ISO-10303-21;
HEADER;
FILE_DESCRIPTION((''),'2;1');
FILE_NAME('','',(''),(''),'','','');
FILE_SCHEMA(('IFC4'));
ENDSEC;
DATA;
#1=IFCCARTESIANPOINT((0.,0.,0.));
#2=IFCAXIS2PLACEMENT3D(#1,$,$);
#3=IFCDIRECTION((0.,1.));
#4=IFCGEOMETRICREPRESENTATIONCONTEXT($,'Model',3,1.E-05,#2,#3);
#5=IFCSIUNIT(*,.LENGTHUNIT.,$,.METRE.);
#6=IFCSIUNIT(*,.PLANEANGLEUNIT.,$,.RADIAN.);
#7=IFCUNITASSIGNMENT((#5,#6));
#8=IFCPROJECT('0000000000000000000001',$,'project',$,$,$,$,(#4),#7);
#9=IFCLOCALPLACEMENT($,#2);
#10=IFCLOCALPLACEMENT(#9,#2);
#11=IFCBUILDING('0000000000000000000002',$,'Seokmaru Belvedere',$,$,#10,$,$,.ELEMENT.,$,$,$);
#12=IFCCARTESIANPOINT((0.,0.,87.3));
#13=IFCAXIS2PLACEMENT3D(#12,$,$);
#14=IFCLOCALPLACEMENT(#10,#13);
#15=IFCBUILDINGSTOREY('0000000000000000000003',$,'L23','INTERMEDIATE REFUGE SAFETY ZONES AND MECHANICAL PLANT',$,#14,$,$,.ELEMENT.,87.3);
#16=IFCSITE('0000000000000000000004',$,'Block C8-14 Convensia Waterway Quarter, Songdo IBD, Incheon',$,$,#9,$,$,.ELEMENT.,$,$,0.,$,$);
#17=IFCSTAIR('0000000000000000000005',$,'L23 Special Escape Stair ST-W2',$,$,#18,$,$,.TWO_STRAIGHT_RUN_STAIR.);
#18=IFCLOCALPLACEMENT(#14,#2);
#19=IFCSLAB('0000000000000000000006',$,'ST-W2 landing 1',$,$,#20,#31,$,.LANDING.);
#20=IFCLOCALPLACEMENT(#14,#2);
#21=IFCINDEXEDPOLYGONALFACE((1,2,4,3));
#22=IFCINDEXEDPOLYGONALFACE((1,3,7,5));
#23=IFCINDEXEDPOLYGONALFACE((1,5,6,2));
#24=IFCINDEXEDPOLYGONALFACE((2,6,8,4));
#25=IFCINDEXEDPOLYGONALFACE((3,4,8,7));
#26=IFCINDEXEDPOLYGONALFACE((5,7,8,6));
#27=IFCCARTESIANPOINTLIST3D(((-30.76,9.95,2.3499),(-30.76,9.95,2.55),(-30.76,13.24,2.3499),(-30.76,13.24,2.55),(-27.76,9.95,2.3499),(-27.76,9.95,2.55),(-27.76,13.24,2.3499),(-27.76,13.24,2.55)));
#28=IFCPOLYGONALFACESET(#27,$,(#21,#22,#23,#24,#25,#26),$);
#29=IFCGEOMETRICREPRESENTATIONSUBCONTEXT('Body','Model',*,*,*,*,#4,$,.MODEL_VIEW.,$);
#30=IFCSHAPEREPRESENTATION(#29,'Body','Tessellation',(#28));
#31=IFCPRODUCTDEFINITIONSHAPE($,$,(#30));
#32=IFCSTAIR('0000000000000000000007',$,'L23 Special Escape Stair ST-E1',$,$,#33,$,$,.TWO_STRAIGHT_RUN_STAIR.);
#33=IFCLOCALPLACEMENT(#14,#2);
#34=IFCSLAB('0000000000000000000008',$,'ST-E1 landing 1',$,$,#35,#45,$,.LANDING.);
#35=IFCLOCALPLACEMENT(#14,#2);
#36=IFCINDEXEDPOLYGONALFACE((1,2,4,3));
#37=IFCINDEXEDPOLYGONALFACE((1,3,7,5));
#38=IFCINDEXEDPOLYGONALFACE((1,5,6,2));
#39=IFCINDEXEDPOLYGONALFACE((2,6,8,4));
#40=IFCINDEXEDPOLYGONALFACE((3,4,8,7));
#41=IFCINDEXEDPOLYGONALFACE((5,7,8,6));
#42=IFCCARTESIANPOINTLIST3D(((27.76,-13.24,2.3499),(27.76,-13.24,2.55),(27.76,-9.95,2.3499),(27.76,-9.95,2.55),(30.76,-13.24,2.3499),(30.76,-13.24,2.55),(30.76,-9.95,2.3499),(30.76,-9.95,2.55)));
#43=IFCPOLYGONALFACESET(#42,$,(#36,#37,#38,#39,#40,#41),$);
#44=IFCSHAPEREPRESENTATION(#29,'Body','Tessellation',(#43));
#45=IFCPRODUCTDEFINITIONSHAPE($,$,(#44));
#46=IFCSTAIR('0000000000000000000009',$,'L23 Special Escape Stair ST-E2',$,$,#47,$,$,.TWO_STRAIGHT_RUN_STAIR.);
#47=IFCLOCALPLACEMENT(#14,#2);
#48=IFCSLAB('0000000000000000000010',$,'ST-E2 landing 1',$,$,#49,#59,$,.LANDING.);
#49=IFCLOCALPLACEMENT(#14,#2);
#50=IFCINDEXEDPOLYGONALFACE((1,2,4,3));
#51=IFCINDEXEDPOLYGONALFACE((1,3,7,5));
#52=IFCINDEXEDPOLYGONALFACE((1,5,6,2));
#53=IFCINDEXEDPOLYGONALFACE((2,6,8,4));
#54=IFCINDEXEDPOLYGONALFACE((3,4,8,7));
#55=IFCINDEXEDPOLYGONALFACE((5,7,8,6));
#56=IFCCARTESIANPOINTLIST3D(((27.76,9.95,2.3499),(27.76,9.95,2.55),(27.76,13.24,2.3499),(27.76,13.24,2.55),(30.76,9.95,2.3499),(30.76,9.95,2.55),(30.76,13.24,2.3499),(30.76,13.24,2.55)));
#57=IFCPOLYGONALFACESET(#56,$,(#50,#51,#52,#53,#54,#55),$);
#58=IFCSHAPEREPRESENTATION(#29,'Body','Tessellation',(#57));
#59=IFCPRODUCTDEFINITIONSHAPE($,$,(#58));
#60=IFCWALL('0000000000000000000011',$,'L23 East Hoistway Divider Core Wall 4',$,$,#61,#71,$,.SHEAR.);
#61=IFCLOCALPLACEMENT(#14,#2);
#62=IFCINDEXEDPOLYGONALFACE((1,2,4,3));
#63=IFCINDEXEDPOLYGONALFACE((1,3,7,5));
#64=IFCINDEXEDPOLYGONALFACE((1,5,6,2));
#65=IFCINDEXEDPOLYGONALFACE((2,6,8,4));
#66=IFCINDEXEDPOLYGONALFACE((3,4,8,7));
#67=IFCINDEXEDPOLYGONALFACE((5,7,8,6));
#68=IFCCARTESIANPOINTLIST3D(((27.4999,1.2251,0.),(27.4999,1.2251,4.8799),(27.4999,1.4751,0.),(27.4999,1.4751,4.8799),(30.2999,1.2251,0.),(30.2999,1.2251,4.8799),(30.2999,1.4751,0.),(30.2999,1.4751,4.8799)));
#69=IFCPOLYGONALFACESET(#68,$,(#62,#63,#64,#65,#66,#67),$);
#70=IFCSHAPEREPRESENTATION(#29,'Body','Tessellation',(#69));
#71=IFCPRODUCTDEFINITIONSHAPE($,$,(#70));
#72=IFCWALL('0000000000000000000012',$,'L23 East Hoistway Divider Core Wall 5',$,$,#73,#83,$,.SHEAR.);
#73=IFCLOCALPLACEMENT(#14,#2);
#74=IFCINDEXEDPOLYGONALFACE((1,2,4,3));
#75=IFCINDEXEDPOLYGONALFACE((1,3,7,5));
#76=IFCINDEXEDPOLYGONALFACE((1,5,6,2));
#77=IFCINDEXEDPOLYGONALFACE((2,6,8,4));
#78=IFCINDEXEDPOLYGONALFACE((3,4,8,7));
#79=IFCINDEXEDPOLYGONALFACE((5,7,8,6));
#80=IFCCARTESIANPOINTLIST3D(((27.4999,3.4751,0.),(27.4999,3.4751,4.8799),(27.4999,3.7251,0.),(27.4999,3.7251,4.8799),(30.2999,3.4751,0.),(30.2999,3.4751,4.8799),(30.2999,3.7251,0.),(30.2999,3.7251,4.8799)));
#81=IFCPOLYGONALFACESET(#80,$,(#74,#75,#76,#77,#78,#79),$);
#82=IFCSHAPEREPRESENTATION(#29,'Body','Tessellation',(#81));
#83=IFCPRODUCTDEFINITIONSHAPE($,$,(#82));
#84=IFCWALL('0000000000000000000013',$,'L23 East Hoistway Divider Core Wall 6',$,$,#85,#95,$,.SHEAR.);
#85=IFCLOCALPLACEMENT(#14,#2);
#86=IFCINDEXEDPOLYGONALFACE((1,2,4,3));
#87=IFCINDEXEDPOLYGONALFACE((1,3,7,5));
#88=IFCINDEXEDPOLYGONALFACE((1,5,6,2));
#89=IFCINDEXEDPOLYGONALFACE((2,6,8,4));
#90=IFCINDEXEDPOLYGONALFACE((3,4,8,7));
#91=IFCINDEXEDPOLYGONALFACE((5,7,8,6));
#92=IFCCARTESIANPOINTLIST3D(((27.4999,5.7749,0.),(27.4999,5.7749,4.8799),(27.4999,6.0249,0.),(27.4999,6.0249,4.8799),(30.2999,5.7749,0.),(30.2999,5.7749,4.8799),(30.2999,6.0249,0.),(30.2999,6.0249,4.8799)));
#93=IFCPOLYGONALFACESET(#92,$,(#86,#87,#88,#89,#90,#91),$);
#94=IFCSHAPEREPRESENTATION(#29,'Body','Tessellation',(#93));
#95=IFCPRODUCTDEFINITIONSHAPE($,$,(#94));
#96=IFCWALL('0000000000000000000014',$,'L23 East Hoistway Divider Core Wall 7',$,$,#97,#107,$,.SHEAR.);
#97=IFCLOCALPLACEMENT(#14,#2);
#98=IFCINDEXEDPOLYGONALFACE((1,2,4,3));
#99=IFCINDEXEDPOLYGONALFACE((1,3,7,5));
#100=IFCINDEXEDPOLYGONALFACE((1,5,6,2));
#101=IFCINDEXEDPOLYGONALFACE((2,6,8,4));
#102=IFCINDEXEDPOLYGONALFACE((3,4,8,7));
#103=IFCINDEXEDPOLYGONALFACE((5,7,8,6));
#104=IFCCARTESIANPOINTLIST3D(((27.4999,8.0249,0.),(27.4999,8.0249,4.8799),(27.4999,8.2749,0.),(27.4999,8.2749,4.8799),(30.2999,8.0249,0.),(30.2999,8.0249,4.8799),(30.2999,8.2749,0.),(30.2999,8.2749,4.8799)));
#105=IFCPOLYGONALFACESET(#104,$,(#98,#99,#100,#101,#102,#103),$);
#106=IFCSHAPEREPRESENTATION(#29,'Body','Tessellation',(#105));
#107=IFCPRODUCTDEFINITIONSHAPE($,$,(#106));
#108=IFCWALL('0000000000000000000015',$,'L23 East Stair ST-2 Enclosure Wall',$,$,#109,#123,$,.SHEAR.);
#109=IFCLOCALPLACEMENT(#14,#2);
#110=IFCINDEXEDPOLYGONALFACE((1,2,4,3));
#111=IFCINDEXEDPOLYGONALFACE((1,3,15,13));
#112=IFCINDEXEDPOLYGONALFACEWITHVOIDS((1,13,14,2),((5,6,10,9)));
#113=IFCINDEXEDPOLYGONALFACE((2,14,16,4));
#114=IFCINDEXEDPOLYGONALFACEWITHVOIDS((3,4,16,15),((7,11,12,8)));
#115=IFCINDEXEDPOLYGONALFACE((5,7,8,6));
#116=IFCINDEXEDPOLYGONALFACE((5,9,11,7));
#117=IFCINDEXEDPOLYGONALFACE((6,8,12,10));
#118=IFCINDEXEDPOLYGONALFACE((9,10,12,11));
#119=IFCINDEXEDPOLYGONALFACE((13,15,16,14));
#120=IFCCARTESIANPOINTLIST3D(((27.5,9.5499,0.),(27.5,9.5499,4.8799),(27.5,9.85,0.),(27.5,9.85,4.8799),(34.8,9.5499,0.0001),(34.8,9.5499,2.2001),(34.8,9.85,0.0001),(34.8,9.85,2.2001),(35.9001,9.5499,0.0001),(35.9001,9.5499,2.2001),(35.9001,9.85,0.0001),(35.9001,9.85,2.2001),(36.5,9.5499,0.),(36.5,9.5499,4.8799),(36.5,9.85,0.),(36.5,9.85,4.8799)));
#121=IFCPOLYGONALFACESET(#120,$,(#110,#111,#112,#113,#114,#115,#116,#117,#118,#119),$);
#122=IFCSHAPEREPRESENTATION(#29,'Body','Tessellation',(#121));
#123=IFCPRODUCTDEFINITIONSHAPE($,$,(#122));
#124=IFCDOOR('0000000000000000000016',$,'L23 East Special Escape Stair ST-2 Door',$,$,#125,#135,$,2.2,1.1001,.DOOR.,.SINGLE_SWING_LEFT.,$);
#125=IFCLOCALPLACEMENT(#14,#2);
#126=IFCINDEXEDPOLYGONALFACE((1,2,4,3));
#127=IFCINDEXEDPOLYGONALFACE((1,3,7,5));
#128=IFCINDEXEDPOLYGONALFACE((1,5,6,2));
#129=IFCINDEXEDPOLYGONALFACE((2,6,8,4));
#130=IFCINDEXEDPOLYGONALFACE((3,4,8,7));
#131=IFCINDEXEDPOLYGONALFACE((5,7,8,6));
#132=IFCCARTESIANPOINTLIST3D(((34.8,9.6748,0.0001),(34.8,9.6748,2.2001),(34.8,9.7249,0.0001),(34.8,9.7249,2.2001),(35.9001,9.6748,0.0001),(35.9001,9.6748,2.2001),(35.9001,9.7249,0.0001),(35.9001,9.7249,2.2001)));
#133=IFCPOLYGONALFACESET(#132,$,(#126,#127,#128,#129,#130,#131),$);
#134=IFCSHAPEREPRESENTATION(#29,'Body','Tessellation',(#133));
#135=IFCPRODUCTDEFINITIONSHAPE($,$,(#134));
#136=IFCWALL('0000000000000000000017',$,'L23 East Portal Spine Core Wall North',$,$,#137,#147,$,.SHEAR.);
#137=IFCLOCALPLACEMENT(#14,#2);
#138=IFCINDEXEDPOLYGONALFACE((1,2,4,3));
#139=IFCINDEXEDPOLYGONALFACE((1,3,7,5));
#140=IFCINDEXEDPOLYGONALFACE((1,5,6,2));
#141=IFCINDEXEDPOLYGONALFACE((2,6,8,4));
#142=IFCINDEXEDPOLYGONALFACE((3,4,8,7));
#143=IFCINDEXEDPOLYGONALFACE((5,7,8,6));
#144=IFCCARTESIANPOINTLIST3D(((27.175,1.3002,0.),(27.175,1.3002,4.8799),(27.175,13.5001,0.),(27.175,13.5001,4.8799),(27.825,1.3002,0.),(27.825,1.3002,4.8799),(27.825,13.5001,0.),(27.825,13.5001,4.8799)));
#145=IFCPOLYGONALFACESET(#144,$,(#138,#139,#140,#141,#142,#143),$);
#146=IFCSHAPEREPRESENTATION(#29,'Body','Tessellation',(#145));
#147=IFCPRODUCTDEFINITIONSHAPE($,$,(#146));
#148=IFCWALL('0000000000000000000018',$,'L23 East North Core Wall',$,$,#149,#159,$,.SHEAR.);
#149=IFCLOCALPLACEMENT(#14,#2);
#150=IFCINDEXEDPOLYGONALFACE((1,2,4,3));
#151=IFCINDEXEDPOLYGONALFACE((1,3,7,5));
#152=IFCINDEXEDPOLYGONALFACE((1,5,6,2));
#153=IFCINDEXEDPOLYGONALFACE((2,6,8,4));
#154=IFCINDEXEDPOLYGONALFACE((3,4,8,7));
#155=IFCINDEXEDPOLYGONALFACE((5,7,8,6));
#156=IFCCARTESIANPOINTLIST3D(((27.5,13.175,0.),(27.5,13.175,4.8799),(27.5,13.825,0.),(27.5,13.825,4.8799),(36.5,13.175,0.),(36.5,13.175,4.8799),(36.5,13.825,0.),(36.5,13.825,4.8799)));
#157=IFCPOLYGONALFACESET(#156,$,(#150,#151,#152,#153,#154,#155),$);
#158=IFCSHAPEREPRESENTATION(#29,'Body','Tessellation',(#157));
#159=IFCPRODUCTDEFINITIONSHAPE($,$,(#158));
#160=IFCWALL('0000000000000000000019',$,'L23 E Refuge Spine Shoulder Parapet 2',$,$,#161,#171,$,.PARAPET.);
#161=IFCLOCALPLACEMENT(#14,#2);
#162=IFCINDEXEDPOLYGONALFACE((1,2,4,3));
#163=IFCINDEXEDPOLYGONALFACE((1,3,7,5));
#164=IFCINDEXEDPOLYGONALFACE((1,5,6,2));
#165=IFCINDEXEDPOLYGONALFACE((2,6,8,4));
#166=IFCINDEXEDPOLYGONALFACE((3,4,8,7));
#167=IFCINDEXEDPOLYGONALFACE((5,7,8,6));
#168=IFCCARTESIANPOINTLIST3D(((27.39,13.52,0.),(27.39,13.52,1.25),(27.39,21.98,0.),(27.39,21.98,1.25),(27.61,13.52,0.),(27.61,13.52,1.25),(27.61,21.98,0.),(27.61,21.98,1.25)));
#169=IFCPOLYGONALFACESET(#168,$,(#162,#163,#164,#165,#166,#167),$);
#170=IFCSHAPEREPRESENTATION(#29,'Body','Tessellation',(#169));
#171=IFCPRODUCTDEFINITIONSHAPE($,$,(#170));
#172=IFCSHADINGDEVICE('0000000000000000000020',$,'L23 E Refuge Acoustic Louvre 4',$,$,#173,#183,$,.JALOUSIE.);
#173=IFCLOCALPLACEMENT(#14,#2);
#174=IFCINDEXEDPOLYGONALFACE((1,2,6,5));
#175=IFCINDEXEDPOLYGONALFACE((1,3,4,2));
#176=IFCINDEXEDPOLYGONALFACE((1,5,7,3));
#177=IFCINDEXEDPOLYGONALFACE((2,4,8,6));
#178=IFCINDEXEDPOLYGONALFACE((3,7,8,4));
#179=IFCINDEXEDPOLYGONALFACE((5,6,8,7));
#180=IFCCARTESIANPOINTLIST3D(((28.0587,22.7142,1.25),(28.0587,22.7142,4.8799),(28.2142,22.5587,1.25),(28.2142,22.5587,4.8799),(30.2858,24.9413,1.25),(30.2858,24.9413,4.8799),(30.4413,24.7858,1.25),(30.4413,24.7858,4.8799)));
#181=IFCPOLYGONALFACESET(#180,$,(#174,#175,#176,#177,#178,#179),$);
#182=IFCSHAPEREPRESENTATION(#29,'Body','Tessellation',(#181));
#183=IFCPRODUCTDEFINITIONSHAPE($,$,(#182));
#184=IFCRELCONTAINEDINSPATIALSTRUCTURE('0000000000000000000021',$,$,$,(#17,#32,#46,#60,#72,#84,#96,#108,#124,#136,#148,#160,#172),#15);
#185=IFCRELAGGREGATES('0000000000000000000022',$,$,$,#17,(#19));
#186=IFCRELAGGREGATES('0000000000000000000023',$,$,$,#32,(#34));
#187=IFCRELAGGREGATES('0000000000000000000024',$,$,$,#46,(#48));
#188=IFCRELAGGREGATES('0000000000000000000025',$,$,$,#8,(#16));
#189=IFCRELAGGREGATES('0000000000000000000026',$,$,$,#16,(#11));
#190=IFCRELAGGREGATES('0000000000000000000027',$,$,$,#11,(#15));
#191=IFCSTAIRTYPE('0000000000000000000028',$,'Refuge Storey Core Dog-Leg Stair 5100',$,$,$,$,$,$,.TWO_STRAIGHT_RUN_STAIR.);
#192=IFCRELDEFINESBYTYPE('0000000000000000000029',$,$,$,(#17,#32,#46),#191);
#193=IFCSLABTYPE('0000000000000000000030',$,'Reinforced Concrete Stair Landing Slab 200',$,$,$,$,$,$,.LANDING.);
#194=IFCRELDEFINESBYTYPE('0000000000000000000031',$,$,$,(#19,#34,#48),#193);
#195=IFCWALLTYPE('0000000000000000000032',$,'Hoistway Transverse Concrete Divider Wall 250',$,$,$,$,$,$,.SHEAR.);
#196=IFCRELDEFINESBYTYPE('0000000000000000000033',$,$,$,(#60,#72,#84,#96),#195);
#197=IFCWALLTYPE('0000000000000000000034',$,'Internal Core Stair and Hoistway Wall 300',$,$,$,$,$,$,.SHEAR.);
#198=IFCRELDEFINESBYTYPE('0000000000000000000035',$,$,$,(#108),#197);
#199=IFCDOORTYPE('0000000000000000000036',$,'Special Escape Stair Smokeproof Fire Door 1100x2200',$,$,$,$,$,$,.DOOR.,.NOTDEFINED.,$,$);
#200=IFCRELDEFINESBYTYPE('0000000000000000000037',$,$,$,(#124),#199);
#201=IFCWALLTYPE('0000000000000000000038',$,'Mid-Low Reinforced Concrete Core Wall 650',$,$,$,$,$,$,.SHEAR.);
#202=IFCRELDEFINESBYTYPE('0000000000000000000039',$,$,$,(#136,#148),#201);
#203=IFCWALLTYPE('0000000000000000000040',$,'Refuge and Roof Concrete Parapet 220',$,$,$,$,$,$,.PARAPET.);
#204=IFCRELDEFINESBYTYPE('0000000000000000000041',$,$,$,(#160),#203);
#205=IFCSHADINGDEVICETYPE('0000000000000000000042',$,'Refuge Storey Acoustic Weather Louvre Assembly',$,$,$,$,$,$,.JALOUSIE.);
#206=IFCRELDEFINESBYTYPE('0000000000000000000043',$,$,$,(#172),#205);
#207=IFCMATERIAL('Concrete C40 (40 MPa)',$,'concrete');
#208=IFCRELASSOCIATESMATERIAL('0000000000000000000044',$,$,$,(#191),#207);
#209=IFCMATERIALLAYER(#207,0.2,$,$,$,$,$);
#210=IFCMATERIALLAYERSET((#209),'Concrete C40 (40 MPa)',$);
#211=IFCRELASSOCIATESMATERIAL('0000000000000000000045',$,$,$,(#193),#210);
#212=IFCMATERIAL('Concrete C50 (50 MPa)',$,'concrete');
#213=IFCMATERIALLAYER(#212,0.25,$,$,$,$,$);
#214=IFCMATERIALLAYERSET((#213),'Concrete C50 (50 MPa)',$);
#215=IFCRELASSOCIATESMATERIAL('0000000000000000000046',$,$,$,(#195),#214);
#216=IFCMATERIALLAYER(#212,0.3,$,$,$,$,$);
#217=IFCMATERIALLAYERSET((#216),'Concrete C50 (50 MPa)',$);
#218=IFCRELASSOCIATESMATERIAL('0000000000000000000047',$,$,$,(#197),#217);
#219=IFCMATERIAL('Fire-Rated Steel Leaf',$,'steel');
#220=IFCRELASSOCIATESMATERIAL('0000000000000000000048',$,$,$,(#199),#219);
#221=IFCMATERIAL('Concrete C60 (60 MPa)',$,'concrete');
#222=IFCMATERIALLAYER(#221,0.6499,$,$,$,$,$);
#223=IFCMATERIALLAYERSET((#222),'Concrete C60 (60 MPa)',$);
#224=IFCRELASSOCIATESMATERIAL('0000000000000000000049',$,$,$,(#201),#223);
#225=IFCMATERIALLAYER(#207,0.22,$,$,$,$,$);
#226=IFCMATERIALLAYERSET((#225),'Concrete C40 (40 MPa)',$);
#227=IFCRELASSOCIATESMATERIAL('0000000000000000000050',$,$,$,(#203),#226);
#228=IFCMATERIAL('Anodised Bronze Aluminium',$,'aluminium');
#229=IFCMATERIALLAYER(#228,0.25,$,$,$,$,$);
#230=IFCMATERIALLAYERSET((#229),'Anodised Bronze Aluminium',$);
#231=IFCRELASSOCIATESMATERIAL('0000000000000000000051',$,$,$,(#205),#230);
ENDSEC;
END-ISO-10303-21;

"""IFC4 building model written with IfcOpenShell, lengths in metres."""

from ifc_helpers import new_model, si_unit, direction, frame, frame_2d, origin, origin_2d, place, context, subcontext, project, spatial, polyline, rectangle, outline, extrude, source, transform, mapped, material, layer, layer_set, type_object, type_shapes, element, fill, aggregate, save


model = new_model("IFC4")

# Units and contexts
model_context = context("Model", 3, precision=1e-05, world=origin(), true_north=direction((0.0, 1.0)))
body_context = subcontext(model_context, "Body", "Model", "MODEL_VIEW")
ifc_project = project(units=[si_unit("LENGTHUNIT", "METRE"), si_unit("PLANEANGLEUNIT", "RADIAN")], contexts=[model_context])

# Site, building, storey
site_placement = place(None, origin())
site = spatial("IfcSite", under=ifc_project, at=site_placement, Name="Block C8-14 Convensia Waterway Quarter, Songdo IBD, Incheon", CompositionType="ELEMENT", RefElevation=0.0)
building_placement = place(site_placement, origin())
building = spatial("IfcBuilding", under=site, at=building_placement, Name="Seokmaru Belvedere", CompositionType="ELEMENT")
storey_placement = place(building_placement, frame((0.0, 0.0, 87.3)))
storey = spatial("IfcBuildingStorey", under=building, at=storey_placement, Name="L23", Description="INTERMEDIATE REFUGE SAFETY ZONES AND MECHANICAL PLANT", CompositionType="ELEMENT", Elevation=87.3)

# Stairs, slabs
ifc_material_1 = material(Name="Concrete C40 (40 MPa)", Category="concrete")
stair_type = type_object("IfcStairType", Name="Refuge Storey Core Dog-Leg Stair 5100", PredefinedType="TWO_STRAIGHT_RUN_STAIR", material=ifc_material_1)
stair_1_placement = place(storey_placement, origin())
stair_1 = element("IfcStair", 1, at=stair_1_placement, inside=storey, type_object=stair_type, Name="L23 Special Escape Stair ST-W2", PredefinedType="TWO_STRAIGHT_RUN_STAIR")
ifc_layer_1 = layer(ifc_material_1, 0.2)
ifc_layer_set_1 = layer_set([ifc_layer_1], Name="Concrete C40 (40 MPa)")
slab_type = type_object("IfcSlabType", Name="Reinforced Concrete Stair Landing Slab 200", PredefinedType="LANDING", material=ifc_layer_set_1)
slab_1_placement = place(storey_placement, frame((0.0, 0.0, 2.3499)))
slab_1 = element("IfcSlab", 2, at=slab_1_placement, type_object=slab_type, Name="ST-W2 landing 1", PredefinedType="LANDING", context=body_context, shape_type="SweptSolid", body=[
    extrude(outline(polyline([(-30.76, 9.95), (-27.76, 9.95), (-27.76, 13.24), (-30.76, 13.24), (-30.76, 9.95)])), origin(), (0.0, 0.0, 1.0), 0.2002),
])
aggregate(stair_1, [slab_1])
stair_2_placement = place(storey_placement, origin())
stair_2 = element("IfcStair", 3, at=stair_2_placement, inside=storey, type_object=stair_type, Name="L23 Special Escape Stair ST-E1", PredefinedType="TWO_STRAIGHT_RUN_STAIR")
slab_2_placement = place(storey_placement, frame((0.0, 0.0, 2.3499)))
slab_2 = element("IfcSlab", 4, at=slab_2_placement, type_object=slab_type, Name="ST-E1 landing 1", PredefinedType="LANDING", context=body_context, shape_type="SweptSolid", body=[
    extrude(outline(polyline([(27.76, -13.24), (30.76, -13.24), (30.76, -9.95), (27.76, -9.95), (27.76, -13.24)])), origin(), (0.0, 0.0, 1.0), 0.2002),
])
aggregate(stair_2, [slab_2])
stair_3_placement = place(storey_placement, origin())
stair_3 = element("IfcStair", 5, at=stair_3_placement, inside=storey, type_object=stair_type, Name="L23 Special Escape Stair ST-E2", PredefinedType="TWO_STRAIGHT_RUN_STAIR")
slab_3_placement = place(storey_placement, frame((0.0, 0.0, 2.3499)))
slab_3 = element("IfcSlab", 6, at=slab_3_placement, type_object=slab_type, Name="ST-E2 landing 1", PredefinedType="LANDING", context=body_context, shape_type="SweptSolid", body=[
    extrude(outline(polyline([(27.76, 9.95), (30.76, 9.95), (30.76, 13.24), (27.76, 13.24), (27.76, 9.95)])), origin(), (0.0, 0.0, 1.0), 0.2002),
])
aggregate(stair_3, [slab_3])

# Walls
ifc_material_2 = material(Name="Concrete C50 (50 MPa)", Category="concrete")
ifc_layer_2 = layer(ifc_material_2, 0.25)
ifc_layer_set_2 = layer_set([ifc_layer_2], Name="Concrete C50 (50 MPa)")
wall_type_1 = type_object("IfcWallType", Name="Hoistway Transverse Concrete Divider Wall 250", PredefinedType="SHEAR", material=ifc_layer_set_2)
for number, where, z_axis, x_axis, name in (
    (7, (27.5, 1.3501, 0.0), (0.0, 0.0, 1.0), (1.0, 0.0, 0.0), "L23 East Hoistway Divider Core Wall 4"),
    (8, (27.5, 3.6001, 0.0), (0.0, 0.0, 1.0), (1.0, 0.0, 0.0), "L23 East Hoistway Divider Core Wall 5"),
    (9, (27.5, 5.8999, 0.0), (0.0, 0.0, 1.0), (1.0, 0.0, 0.0), "L23 East Hoistway Divider Core Wall 6"),
    (10, (27.5, 8.1499, 0.0), (0.0, 0.0, 1.0), (1.0, 0.0, 0.0), "L23 East Hoistway Divider Core Wall 7"),
):
    element("IfcWall", number, at=place(storey_placement, frame(where, z_axis=z_axis, x_axis=x_axis)), inside=storey, type_object=wall_type_1, Name=name, PredefinedType="SHEAR", context=body_context, shape_type="SweptSolid", body=[
        extrude(rectangle(XDim=2.8, YDim=0.25, at=frame_2d((1.3999, 0.0))), origin(), (0.0, 0.0, 1.0), 4.8799),
    ])

# Wall, opening, door
ifc_layer_3 = layer(ifc_material_2, 0.3)
ifc_layer_set_3 = layer_set([ifc_layer_3], Name="Concrete C50 (50 MPa)")
wall_type_2 = type_object("IfcWallType", Name="Internal Core Stair and Hoistway Wall 300", PredefinedType="SHEAR", material=ifc_layer_set_3)
wall_1_placement = place(storey_placement, frame((27.5, 9.7, 0.0), z_axis=(0.0, 0.0, 1.0), x_axis=(1.0, 0.0, 0.0)))
wall_1 = element("IfcWall", 11, at=wall_1_placement, inside=storey, type_object=wall_type_2, Name="L23 East Stair ST-2 Enclosure Wall", PredefinedType="SHEAR", context=body_context, shape_type="SweptSolid", body=[
    extrude(rectangle(XDim=9.0, YDim=0.3, at=frame_2d((4.5, 0.0))), origin(), (0.0, 0.0, 1.0), 4.8799),
])
opening_placement = place(wall_1_placement, frame((7.3, 0.0, 0.0)))
opening = element("IfcOpeningElement", 12, at=opening_placement, cuts=wall_1, PredefinedType="OPENING", context=body_context, shape_type="SweptSolid", body=[
    extrude(rectangle(XDim=1.1001, YDim=2.2, at=frame_2d((0.55, 1.1001))), frame((0.0, 0.1602, 0.0), z_axis=(0.0, -1.0, 0.0), x_axis=(1.0, 0.0, 0.0)), (0.0, 0.0, 1.0), 0.3201),
])
ifc_material_3 = material(Name="Fire-Rated Steel Leaf", Category="steel")
door_type = type_object("IfcDoorType", Name="Special Escape Stair Smokeproof Fire Door 1100x2200", OperationType="NOTDEFINED", PredefinedType="DOOR", material=ifc_material_3)
shared_shape_1 = source(origin(), body_context, "Body", "SweptSolid", [
    extrude(rectangle(XDim=1.1001, YDim=2.2, at=frame_2d((0.55, 1.1001))), frame((0.0, 0.0249, 0.0), z_axis=(0.0, -1.0, 0.0), x_axis=(1.0, 0.0, 0.0)), (0.0, 0.0, 1.0), 0.05),
])
type_shapes(door_type, [shared_shape_1])
door_placement = place(opening_placement, origin())
door = element("IfcDoor", 13, at=door_placement, inside=storey, type_object=door_type, Name="L23 East Special Escape Stair ST-2 Door", OperationType="SINGLE_SWING_LEFT", OverallHeight=2.2, OverallWidth=1.1001, PredefinedType="DOOR", context=body_context, shape_type="MappedRepresentation", body=[
    mapped(shared_shape_1, transform((0.0, 0.0, 0.0), scale=1.0)),
])
fill(opening, door)

# Walls
ifc_material_4 = material(Name="Concrete C60 (60 MPa)", Category="concrete")
ifc_layer_4 = layer(ifc_material_4, 0.6499)
ifc_layer_set_4 = layer_set([ifc_layer_4], Name="Concrete C60 (60 MPa)")
wall_type_3 = type_object("IfcWallType", Name="Mid-Low Reinforced Concrete Core Wall 650", PredefinedType="SHEAR", material=ifc_layer_set_4)
wall_2_placement = place(storey_placement, frame((27.5, 1.3, 0.0), z_axis=(0.0, 0.0, 1.0), x_axis=(0.0, 1.0, 0.0)))
element("IfcWall", 14, at=wall_2_placement, inside=storey, type_object=wall_type_3, Name="L23 East Portal Spine Core Wall North", PredefinedType="SHEAR", context=body_context, shape_type="SweptSolid", body=[
    extrude(rectangle(XDim=12.2, YDim=0.6499, at=frame_2d((6.1001, 0.0))), origin(), (0.0, 0.0, 1.0), 4.8799),
])
wall_3_placement = place(storey_placement, frame((27.5, 13.5, 0.0), z_axis=(0.0, 0.0, 1.0), x_axis=(1.0, 0.0, 0.0)))
element("IfcWall", 15, at=wall_3_placement, inside=storey, type_object=wall_type_3, Name="L23 East North Core Wall", PredefinedType="SHEAR", context=body_context, shape_type="SweptSolid", body=[
    extrude(rectangle(XDim=9.0, YDim=0.6499, at=frame_2d((4.5, 0.0))), origin(), (0.0, 0.0, 1.0), 4.8799),
])
ifc_layer_5 = layer(ifc_material_1, 0.22)
ifc_layer_set_5 = layer_set([ifc_layer_5], Name="Concrete C40 (40 MPa)")
wall_type_4 = type_object("IfcWallType", Name="Refuge and Roof Concrete Parapet 220", PredefinedType="PARAPET", material=ifc_layer_set_5)
wall_4_placement = place(storey_placement, frame((27.5, 13.52, 0.0), z_axis=(0.0, 0.0, 1.0), x_axis=(0.0, 1.0, 0.0)))
element("IfcWall", 16, at=wall_4_placement, inside=storey, type_object=wall_type_4, Name="L23 E Refuge Spine Shoulder Parapet 2", PredefinedType="PARAPET", context=body_context, shape_type="SweptSolid", body=[
    extrude(rectangle(XDim=8.46, YDim=0.22, at=frame_2d((4.23, 0.0))), origin(), (0.0, 0.0, 1.0), 1.25),
])

# Shading device
ifc_material_5 = material(Name="Anodised Bronze Aluminium", Category="aluminium")
ifc_layer_6 = layer(ifc_material_5, 0.25)
ifc_layer_set_6 = layer_set([ifc_layer_6], Name="Anodised Bronze Aluminium")
shading_device_type = type_object("IfcShadingDeviceType", Name="Refuge Storey Acoustic Weather Louvre Assembly", PredefinedType="JALOUSIE", material=ifc_layer_set_6)
shared_shape_2 = source(origin(), body_context, "Body", "SweptSolid", [
    extrude(rectangle(XDim=3.1497, YDim=0.22, at=origin_2d()), origin(), (0.0, 0.0, 1.0), 3.6299),
])
type_shapes(shading_device_type, [shared_shape_2])
shading_device_placement = place(storey_placement, frame((29.25, 23.75, 1.25), z_axis=(0.0, 0.0, 1.0), x_axis=(-0.707107, -0.707107, 0.0)))
element("IfcShadingDevice", 17, at=shading_device_placement, inside=storey, type_object=shading_device_type, Name="L23 E Refuge Acoustic Louvre 4", PredefinedType="JALOUSIE", context=body_context, shape_type="MappedRepresentation", body=[
    mapped(shared_shape_2, transform((0.0, 0.0, 0.0), scale=1.0)),
])

save(model, "model.ifc")
